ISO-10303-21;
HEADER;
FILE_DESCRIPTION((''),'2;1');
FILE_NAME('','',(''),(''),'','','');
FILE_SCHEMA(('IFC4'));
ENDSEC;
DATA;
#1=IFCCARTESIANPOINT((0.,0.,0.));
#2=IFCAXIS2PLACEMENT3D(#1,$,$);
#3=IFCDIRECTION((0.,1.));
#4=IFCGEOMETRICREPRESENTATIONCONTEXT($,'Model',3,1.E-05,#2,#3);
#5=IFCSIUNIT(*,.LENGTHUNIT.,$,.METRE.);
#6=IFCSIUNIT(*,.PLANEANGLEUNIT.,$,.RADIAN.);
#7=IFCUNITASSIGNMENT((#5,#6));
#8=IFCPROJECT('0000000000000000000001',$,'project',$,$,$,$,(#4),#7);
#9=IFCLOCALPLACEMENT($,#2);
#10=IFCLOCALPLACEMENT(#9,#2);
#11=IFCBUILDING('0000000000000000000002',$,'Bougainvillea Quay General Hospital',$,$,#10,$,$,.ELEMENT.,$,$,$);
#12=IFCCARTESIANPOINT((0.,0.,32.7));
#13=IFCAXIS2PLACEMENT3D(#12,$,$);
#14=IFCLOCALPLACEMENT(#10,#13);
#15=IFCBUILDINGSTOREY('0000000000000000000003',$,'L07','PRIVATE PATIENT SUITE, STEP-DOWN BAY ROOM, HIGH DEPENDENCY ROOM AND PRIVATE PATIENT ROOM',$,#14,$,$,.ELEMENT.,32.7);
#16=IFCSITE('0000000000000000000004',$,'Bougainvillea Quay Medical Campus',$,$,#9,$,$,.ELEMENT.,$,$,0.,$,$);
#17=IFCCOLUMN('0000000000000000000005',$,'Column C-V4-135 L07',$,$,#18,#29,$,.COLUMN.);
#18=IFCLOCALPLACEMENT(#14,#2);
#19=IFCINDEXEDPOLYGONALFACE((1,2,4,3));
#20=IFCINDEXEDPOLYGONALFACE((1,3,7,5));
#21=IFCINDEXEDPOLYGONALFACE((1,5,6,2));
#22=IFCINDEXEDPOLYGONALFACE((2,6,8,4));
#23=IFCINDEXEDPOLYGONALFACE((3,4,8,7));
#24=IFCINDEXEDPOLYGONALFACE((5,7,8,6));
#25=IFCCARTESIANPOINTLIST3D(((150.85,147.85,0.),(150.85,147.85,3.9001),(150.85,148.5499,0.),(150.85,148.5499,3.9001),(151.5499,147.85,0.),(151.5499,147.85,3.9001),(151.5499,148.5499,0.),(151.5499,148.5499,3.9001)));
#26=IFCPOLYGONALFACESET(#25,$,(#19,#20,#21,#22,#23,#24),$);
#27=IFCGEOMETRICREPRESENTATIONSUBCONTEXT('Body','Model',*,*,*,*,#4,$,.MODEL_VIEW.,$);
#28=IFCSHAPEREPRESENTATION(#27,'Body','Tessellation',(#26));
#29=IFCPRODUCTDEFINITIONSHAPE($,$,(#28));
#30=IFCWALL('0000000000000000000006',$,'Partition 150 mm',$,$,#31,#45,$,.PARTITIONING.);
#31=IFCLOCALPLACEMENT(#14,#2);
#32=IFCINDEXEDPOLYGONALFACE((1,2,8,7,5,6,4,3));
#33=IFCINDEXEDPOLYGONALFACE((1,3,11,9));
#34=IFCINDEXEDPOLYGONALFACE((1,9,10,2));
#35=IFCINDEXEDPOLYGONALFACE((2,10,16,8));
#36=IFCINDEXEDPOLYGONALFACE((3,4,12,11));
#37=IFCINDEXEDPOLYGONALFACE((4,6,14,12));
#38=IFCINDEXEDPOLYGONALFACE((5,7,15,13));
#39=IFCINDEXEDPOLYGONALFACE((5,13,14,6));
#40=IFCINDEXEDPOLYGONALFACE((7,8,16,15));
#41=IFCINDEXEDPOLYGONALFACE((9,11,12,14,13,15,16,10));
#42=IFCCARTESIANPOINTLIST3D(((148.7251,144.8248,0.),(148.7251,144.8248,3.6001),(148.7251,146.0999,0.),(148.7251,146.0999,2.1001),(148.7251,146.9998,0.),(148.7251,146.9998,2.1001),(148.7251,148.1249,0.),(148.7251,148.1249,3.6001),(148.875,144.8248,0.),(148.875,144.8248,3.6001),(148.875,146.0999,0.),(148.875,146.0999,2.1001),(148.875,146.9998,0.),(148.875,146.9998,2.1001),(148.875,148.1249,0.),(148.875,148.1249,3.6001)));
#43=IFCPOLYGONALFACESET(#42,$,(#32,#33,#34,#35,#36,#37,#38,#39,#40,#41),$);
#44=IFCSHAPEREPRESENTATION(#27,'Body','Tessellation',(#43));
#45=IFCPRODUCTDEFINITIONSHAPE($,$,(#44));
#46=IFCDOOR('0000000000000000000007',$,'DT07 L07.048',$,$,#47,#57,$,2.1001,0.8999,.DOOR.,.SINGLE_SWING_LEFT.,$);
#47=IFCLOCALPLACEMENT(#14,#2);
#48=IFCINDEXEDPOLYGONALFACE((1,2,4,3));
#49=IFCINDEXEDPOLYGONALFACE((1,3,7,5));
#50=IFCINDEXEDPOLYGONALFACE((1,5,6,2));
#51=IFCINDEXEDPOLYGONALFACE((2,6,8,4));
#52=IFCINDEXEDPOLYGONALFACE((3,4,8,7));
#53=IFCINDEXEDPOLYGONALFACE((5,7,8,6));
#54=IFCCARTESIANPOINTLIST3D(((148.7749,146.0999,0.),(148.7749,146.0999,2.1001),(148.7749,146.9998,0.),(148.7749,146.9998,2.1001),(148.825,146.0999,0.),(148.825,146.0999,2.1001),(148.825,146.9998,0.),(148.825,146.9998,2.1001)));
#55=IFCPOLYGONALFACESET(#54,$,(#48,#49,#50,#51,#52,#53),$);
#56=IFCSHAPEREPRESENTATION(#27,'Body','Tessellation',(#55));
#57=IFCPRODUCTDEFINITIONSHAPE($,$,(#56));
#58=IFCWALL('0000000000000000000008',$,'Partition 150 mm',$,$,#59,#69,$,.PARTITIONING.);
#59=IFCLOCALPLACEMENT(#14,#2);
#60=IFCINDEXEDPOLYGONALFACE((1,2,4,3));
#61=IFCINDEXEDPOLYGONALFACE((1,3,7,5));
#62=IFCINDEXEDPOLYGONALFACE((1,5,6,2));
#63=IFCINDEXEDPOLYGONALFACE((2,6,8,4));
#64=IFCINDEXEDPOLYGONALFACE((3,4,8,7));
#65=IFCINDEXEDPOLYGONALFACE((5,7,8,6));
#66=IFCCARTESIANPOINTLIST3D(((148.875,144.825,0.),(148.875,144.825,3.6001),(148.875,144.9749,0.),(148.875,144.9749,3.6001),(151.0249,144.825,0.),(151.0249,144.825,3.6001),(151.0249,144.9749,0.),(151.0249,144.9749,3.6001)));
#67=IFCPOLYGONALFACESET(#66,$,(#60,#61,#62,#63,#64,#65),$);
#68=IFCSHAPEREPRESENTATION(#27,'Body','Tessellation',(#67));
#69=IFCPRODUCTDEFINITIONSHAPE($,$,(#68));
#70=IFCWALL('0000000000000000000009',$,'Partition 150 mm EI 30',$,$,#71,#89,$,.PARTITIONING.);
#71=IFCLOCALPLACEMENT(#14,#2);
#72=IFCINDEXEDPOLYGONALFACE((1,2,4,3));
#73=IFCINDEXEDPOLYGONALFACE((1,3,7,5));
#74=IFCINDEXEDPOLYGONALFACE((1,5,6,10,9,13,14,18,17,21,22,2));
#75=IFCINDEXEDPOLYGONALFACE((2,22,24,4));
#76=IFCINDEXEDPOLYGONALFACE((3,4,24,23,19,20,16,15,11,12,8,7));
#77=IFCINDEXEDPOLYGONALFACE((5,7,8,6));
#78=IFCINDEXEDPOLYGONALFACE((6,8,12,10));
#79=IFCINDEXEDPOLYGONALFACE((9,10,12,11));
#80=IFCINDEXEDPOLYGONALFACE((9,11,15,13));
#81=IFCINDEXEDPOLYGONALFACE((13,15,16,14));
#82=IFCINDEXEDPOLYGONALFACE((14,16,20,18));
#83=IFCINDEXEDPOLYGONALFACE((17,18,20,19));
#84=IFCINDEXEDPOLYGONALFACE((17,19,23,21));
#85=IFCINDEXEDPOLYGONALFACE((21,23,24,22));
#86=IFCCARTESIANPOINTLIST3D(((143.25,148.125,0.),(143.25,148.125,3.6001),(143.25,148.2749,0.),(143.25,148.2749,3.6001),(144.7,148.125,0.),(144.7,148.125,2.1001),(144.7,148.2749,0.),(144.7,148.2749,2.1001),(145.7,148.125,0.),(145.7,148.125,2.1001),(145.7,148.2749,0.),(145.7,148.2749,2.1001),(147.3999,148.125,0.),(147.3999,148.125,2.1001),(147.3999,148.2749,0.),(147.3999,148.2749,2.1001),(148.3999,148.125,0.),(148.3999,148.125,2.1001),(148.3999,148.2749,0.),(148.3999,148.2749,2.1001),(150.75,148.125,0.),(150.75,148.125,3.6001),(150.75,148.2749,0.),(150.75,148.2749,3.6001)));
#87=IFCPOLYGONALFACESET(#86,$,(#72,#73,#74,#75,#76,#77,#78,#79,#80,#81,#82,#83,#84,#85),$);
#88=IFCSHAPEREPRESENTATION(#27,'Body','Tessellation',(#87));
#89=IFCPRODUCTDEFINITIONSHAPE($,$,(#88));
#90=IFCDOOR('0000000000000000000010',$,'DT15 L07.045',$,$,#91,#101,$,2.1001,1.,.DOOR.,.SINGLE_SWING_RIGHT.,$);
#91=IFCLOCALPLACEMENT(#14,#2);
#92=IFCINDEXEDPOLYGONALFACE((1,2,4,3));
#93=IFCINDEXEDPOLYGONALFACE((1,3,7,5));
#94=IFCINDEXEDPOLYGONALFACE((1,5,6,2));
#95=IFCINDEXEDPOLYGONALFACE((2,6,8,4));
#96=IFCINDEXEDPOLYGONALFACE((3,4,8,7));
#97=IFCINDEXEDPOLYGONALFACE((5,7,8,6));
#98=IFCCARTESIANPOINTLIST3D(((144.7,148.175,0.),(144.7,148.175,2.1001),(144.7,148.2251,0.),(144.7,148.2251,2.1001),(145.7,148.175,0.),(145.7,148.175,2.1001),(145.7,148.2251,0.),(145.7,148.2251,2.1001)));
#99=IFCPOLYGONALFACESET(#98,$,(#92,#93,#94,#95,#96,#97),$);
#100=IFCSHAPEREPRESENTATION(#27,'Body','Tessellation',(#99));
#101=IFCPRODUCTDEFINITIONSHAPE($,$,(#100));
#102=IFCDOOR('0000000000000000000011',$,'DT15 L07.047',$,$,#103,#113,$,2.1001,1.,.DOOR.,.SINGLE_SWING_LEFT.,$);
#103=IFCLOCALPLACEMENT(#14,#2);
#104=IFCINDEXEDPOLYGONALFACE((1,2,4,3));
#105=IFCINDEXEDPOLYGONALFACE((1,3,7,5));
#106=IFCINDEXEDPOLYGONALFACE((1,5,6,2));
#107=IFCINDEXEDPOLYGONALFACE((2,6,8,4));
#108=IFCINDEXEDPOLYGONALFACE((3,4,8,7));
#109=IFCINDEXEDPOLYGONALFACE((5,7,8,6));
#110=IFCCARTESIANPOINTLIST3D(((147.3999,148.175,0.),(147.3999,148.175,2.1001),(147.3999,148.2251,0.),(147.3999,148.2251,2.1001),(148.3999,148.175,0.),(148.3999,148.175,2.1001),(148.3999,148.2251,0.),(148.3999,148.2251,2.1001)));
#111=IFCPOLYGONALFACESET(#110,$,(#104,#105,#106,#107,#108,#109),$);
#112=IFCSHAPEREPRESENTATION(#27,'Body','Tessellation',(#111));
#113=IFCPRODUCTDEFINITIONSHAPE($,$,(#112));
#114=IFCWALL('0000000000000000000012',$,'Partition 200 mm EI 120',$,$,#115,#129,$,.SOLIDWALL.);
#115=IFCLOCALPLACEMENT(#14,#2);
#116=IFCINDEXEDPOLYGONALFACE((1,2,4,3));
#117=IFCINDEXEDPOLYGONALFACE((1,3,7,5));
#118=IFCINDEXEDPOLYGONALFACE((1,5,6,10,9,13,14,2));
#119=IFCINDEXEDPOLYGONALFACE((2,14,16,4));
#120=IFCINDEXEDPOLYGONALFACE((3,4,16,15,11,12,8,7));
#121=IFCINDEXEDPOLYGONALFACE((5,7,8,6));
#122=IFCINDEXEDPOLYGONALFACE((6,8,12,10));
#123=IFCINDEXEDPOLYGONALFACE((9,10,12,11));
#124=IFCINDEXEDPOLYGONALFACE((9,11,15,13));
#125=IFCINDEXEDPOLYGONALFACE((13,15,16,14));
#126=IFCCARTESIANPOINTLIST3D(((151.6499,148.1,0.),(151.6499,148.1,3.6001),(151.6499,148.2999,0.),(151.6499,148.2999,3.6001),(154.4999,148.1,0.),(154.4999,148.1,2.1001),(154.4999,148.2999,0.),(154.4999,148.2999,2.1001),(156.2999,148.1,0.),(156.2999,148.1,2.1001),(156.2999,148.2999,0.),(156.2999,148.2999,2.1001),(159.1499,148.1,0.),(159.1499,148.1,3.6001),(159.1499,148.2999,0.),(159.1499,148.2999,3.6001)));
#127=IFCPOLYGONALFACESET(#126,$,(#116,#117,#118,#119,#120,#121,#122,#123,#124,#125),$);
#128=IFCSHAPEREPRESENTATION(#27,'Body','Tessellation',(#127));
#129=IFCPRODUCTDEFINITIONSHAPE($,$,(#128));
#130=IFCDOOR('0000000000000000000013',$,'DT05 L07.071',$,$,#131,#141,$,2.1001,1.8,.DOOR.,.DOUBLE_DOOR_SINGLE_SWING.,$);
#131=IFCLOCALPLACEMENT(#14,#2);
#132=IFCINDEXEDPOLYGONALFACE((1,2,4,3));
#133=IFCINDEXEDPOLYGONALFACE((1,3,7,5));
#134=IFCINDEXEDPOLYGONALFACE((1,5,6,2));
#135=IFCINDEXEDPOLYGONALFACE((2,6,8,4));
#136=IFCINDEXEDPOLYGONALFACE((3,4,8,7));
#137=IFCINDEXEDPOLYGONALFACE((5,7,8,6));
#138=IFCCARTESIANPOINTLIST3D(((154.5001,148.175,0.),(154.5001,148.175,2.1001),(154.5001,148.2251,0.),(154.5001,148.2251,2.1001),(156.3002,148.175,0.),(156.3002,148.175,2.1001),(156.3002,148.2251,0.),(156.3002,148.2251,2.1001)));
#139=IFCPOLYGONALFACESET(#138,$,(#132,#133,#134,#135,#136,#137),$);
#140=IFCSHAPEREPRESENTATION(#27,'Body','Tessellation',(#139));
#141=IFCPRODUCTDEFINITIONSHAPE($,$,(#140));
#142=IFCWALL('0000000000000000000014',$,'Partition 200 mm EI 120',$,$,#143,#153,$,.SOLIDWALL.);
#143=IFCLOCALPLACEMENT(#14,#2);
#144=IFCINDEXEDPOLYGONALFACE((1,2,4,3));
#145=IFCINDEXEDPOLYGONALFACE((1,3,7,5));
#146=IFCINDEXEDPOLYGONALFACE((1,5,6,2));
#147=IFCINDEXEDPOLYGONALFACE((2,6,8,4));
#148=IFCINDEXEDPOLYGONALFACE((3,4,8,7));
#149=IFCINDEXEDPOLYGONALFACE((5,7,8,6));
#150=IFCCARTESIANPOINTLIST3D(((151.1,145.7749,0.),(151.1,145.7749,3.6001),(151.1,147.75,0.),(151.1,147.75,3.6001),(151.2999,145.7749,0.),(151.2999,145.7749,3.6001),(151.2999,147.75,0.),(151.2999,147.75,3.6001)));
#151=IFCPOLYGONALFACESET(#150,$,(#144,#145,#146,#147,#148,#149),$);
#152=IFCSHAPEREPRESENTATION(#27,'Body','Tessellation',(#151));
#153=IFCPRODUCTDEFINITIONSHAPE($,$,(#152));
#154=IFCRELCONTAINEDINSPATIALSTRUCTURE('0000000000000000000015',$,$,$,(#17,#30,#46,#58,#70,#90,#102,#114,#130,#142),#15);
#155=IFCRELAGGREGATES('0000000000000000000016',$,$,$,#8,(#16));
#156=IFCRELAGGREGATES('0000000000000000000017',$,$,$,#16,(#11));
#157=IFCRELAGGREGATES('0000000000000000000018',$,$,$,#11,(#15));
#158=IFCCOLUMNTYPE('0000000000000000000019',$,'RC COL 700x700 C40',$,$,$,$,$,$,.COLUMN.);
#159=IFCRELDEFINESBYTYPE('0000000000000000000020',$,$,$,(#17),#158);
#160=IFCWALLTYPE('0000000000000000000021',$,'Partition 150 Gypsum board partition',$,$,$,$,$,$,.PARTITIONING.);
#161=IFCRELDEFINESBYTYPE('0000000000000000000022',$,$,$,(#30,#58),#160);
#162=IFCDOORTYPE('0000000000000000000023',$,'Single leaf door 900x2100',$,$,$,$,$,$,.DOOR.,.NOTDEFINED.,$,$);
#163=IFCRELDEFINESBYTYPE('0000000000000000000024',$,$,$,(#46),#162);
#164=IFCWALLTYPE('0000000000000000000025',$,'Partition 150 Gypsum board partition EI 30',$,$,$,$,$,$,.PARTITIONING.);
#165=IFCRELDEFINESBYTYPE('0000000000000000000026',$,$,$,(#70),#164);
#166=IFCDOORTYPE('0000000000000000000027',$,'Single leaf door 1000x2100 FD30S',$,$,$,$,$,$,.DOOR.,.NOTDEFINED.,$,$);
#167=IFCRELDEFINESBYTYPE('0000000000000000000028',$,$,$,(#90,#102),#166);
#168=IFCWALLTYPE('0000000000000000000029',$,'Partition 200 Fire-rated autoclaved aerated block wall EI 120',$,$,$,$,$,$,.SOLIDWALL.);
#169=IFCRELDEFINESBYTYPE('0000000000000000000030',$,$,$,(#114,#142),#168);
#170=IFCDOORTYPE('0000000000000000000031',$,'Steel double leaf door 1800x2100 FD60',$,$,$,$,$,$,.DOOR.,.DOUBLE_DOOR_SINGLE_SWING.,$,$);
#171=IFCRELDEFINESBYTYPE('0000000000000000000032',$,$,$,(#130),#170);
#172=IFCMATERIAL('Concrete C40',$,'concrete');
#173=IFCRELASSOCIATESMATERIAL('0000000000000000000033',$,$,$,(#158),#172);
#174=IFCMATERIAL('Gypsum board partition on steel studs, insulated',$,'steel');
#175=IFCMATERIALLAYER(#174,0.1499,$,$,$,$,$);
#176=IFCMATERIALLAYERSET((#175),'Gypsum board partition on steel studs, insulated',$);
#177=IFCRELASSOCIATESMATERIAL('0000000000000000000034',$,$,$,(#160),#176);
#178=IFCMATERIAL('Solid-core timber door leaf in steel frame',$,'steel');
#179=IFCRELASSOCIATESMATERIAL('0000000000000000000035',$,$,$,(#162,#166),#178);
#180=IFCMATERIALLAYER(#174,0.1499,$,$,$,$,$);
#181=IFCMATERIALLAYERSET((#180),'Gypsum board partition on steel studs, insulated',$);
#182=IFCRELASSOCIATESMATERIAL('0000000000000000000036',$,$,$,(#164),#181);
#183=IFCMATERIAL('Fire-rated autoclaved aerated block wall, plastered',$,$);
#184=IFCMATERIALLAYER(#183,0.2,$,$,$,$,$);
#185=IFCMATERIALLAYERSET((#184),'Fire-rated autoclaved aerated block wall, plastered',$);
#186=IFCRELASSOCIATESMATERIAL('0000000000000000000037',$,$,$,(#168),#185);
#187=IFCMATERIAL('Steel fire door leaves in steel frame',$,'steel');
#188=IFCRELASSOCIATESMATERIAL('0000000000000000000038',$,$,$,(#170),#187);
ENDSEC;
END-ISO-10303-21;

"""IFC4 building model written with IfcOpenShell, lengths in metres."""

from ifc_helpers import new_model, si_unit, direction, frame, frame_2d, origin, origin_2d, place, context, subcontext, project, spatial, rectangle, extrude, material, layer, layer_set, material_profile, profile_set, type_object, element, fill, save


model = new_model("IFC4")

# Units and contexts
model_context = context("Model", 3, precision=1e-05, world=origin(), true_north=direction((0.0, 1.0)))
body_context = subcontext(model_context, "Body", "Model", "MODEL_VIEW")
ifc_project = project(units=[si_unit("LENGTHUNIT", "METRE"), si_unit("PLANEANGLEUNIT", "RADIAN")], contexts=[model_context])

# Site, building, storey
site_placement = place(None, origin())
site = spatial("IfcSite", under=ifc_project, at=site_placement, Name="Bougainvillea Quay Medical Campus", CompositionType="ELEMENT", RefElevation=0.0)
building_placement = place(site_placement, origin())
building = spatial("IfcBuilding", under=site, at=building_placement, Name="Bougainvillea Quay General Hospital", CompositionType="ELEMENT")
storey_placement = place(building_placement, frame((0.0, 0.0, 32.7)))
storey = spatial("IfcBuildingStorey", under=building, at=storey_placement, Name="L07", Description="PRIVATE PATIENT SUITE, STEP-DOWN BAY ROOM, HIGH DEPENDENCY ROOM AND PRIVATE PATIENT ROOM", CompositionType="ELEMENT", Elevation=32.7)

# Column
ifc_material_1 = material(Name="Concrete C40", Category="concrete")
ifc_material_profile_1 = material_profile(ifc_material_1, rectangle(XDim=0.7, YDim=0.7, at=origin_2d()))
ifc_profile_set_1 = profile_set([ifc_material_profile_1], Name="Concrete C40")
column_type = type_object("IfcColumnType", Name="RC COL 700x700 C40", PredefinedType="COLUMN", material=ifc_profile_set_1)
column_placement = place(storey_placement, frame((151.2, 148.2, 0.0), z_axis=(0.0, 0.0, 1.0), x_axis=(1.0, 0.0, 0.0)))
element("IfcColumn", 1, at=column_placement, inside=storey, type_object=column_type, Name="Column C-V4-135 L07", PredefinedType="COLUMN", context=body_context, shape_type="SweptSolid", body=[
    extrude(rectangle(XDim=0.7, YDim=0.7, at=origin_2d()), origin(), (0.0, 0.0, 1.0), 3.9001),
])

# Wall, opening, door
ifc_material_2 = material(Name="Gypsum board partition on steel studs, insulated", Category="steel")
ifc_layer_1 = layer(ifc_material_2, 0.1499)
ifc_layer_set_1 = layer_set([ifc_layer_1], Name="Gypsum board partition on steel studs, insulated")
wall_type_1 = type_object("IfcWallType", Name="Partition 150 Gypsum board partition", PredefinedType="PARTITIONING", material=ifc_layer_set_1)
wall_1_placement = place(storey_placement, frame((148.8, 144.825, 0.0), z_axis=(0.0, 0.0, 1.0), x_axis=(0.0, 1.0, 0.0)))
wall_1 = element("IfcWall", 2, at=wall_1_placement, inside=storey, type_object=wall_type_1, Name="Partition 150 mm", PredefinedType="PARTITIONING", context=body_context, shape_type="SweptSolid", body=[
    extrude(rectangle(XDim=3.3, YDim=0.1499, at=frame_2d((1.6499, 0.0))), origin(), (0.0, 0.0, 1.0), 3.6001),
])
opening_1_placement = place(wall_1_placement, frame((1.2749, 0.0, 0.0)))
opening_1 = element("IfcOpeningElement", 3, at=opening_1_placement, cuts=wall_1, PredefinedType="OPENING", context=body_context, shape_type="SweptSolid", body=[
    extrude(rectangle(XDim=0.8999, YDim=2.1001, at=frame_2d((0.45, 1.05))), frame((0.0, 0.085, 0.0), z_axis=(0.0, -1.0, 0.0), x_axis=(1.0, 0.0, 0.0)), (0.0, 0.0, 1.0), 0.1699),
])
ifc_material_3 = material(Name="Solid-core timber door leaf in steel frame", Category="steel")
door_type_1 = type_object("IfcDoorType", Name="Single leaf door 900x2100", OperationType="NOTDEFINED", PredefinedType="DOOR", material=ifc_material_3)
door_1_placement = place(opening_1_placement, frame((0.8999, 0.0, 0.0), z_axis=(0.0, 0.0, 1.0), x_axis=(-1.0, 0.0, 0.0)))
door_1 = element("IfcDoor", 4, at=door_1_placement, inside=storey, type_object=door_type_1, Name="DT07 L07.048", OperationType="SINGLE_SWING_LEFT", OverallHeight=2.1001, OverallWidth=0.8999, PredefinedType="DOOR", context=body_context, shape_type="SweptSolid", body=[
    extrude(rectangle(XDim=0.8999, YDim=2.1001, at=frame_2d((0.45, 1.05))), frame((0.0, 0.0249, 0.0), z_axis=(0.0, -1.0, 0.0), x_axis=(1.0, 0.0, 0.0)), (0.0, 0.0, 1.0), 0.05),
])
fill(opening_1, door_1)

# Wall
wall_2_placement = place(storey_placement, frame((148.875, 144.8999, 0.0), z_axis=(0.0, 0.0, 1.0), x_axis=(1.0, 0.0, 0.0)))
element("IfcWall", 5, at=wall_2_placement, inside=storey, type_object=wall_type_1, Name="Partition 150 mm", PredefinedType="PARTITIONING", context=body_context, shape_type="SweptSolid", body=[
    extrude(rectangle(XDim=2.1499, YDim=0.1499, at=frame_2d((1.075, 0.0))), origin(), (0.0, 0.0, 1.0), 3.6001),
])

# Wall, openings, doors
ifc_layer_2 = layer(ifc_material_2, 0.1499)
ifc_layer_set_2 = layer_set([ifc_layer_2], Name="Gypsum board partition on steel studs, insulated")
wall_type_2 = type_object("IfcWallType", Name="Partition 150 Gypsum board partition EI 30", PredefinedType="PARTITIONING", material=ifc_layer_set_2)
wall_3_placement = place(storey_placement, frame((150.75, 148.2, 0.0), z_axis=(0.0, 0.0, 1.0), x_axis=(-1.0, 0.0, 0.0)))
wall_3 = element("IfcWall", 6, at=wall_3_placement, inside=storey, type_object=wall_type_2, Name="Partition 150 mm EI 30", PredefinedType="PARTITIONING", context=body_context, shape_type="SweptSolid", body=[
    extrude(rectangle(XDim=7.5, YDim=0.1499, at=frame_2d((3.75, 0.0))), origin(), (0.0, 0.0, 1.0), 3.6001),
])
opening_2_placement = place(wall_3_placement, frame((5.05, 0.0, 0.0)))
opening_2 = element("IfcOpeningElement", 7, at=opening_2_placement, cuts=wall_3, PredefinedType="OPENING", context=body_context, shape_type="SweptSolid", body=[
    extrude(rectangle(XDim=1.0, YDim=2.1001, at=frame_2d((0.5, 1.05))), frame((0.0, 0.085, 0.0), z_axis=(0.0, -1.0, 0.0), x_axis=(1.0, 0.0, 0.0)), (0.0, 0.0, 1.0), 0.1699),
])
opening_3_placement = place(wall_3_placement, frame((2.3501, 0.0, 0.0)))
opening_3 = element("IfcOpeningElement", 8, at=opening_3_placement, cuts=wall_3, PredefinedType="OPENING", context=body_context, shape_type="SweptSolid", body=[
    extrude(rectangle(XDim=1.0, YDim=2.1001, at=frame_2d((0.5, 1.05))), frame((0.0, 0.085, 0.0), z_axis=(0.0, -1.0, 0.0), x_axis=(1.0, 0.0, 0.0)), (0.0, 0.0, 1.0), 0.1699),
])
door_type_2 = type_object("IfcDoorType", Name="Single leaf door 1000x2100 FD30S", OperationType="NOTDEFINED", PredefinedType="DOOR", material=ifc_material_3)
door_2_placement = place(opening_2_placement, origin())
door_2 = element("IfcDoor", 9, at=door_2_placement, inside=storey, type_object=door_type_2, Name="DT15 L07.045", OperationType="SINGLE_SWING_RIGHT", OverallHeight=2.1001, OverallWidth=1.0, PredefinedType="DOOR", context=body_context, shape_type="SweptSolid", body=[
    extrude(rectangle(XDim=1.0, YDim=2.1001, at=frame_2d((0.5, 1.05))), frame((0.0, 0.0249, 0.0), z_axis=(0.0, -1.0, 0.0), x_axis=(1.0, 0.0, 0.0)), (0.0, 0.0, 1.0), 0.05),
])
fill(opening_2, door_2)
door_3_placement = place(opening_3_placement, origin())
door_3 = element("IfcDoor", 10, at=door_3_placement, inside=storey, type_object=door_type_2, Name="DT15 L07.047", OperationType="SINGLE_SWING_LEFT", OverallHeight=2.1001, OverallWidth=1.0, PredefinedType="DOOR", context=body_context, shape_type="SweptSolid", body=[
    extrude(rectangle(XDim=1.0, YDim=2.1001, at=frame_2d((0.5, 1.05))), frame((0.0, 0.0249, 0.0), z_axis=(0.0, -1.0, 0.0), x_axis=(1.0, 0.0, 0.0)), (0.0, 0.0, 1.0), 0.05),
])
fill(opening_3, door_3)

# Wall, opening, door
ifc_material_4 = material(Name="Fire-rated autoclaved aerated block wall, plastered")
ifc_layer_3 = layer(ifc_material_4, 0.2)
ifc_layer_set_3 = layer_set([ifc_layer_3], Name="Fire-rated autoclaved aerated block wall, plastered")
wall_type_3 = type_object("IfcWallType", Name="Partition 200 Fire-rated autoclaved aerated block wall EI 120", PredefinedType="SOLIDWALL", material=ifc_layer_set_3)
wall_4_placement = place(storey_placement, frame((151.6499, 148.2, 0.0), z_axis=(0.0, 0.0, 1.0), x_axis=(1.0, 0.0, 0.0)))
wall_4 = element("IfcWall", 11, at=wall_4_placement, inside=storey, type_object=wall_type_3, Name="Partition 200 mm EI 120", PredefinedType="SOLIDWALL", context=body_context, shape_type="SweptSolid", body=[
    extrude(rectangle(XDim=7.5, YDim=0.2, at=frame_2d((3.75, 0.0))), origin(), (0.0, 0.0, 1.0), 3.6001),
])
opening_4_placement = place(wall_4_placement, frame((2.8501, 0.0, 0.0)))
opening_4 = element("IfcOpeningElement", 12, at=opening_4_placement, cuts=wall_4, PredefinedType="OPENING", context=body_context, shape_type="SweptSolid", body=[
    extrude(rectangle(XDim=1.8, YDim=2.1001, at=frame_2d((0.8999, 1.05))), frame((0.0, 0.1099, 0.0), z_axis=(0.0, -1.0, 0.0), x_axis=(1.0, 0.0, 0.0)), (0.0, 0.0, 1.0), 0.22),
])
ifc_material_5 = material(Name="Steel fire door leaves in steel frame", Category="steel")
door_type_3 = type_object("IfcDoorType", Name="Steel double leaf door 1800x2100 FD60", OperationType="DOUBLE_DOOR_SINGLE_SWING", PredefinedType="DOOR", material=ifc_material_5)
door_4_placement = place(opening_4_placement, frame((1.8, 0.0, 0.0), z_axis=(0.0, 0.0, 1.0), x_axis=(-1.0, 0.0, 0.0)))
door_4 = element("IfcDoor", 13, at=door_4_placement, inside=storey, type_object=door_type_3, Name="DT05 L07.071", OperationType="DOUBLE_DOOR_SINGLE_SWING", OverallHeight=2.1001, OverallWidth=1.8, PredefinedType="DOOR", context=body_context, shape_type="SweptSolid", body=[
    extrude(rectangle(XDim=1.8, YDim=2.1001, at=frame_2d((0.8999, 1.05))), frame((0.0, 0.0249, 0.0), z_axis=(0.0, -1.0, 0.0), x_axis=(1.0, 0.0, 0.0)), (0.0, 0.0, 1.0), 0.05),
])
fill(opening_4, door_4)

# Wall
wall_5_placement = place(storey_placement, frame((151.2, 145.7749, 0.0), z_axis=(0.0, 0.0, 1.0), x_axis=(0.0, 1.0, 0.0)))
element("IfcWall", 14, at=wall_5_placement, inside=storey, type_object=wall_type_3, Name="Partition 200 mm EI 120", PredefinedType="SOLIDWALL", context=body_context, shape_type="SweptSolid", body=[
    extrude(rectangle(XDim=1.9751, YDim=0.2, at=frame_2d((0.9875, 0.0))), origin(), (0.0, 0.0, 1.0), 3.6001),
])

save(model, "model.ifc")
